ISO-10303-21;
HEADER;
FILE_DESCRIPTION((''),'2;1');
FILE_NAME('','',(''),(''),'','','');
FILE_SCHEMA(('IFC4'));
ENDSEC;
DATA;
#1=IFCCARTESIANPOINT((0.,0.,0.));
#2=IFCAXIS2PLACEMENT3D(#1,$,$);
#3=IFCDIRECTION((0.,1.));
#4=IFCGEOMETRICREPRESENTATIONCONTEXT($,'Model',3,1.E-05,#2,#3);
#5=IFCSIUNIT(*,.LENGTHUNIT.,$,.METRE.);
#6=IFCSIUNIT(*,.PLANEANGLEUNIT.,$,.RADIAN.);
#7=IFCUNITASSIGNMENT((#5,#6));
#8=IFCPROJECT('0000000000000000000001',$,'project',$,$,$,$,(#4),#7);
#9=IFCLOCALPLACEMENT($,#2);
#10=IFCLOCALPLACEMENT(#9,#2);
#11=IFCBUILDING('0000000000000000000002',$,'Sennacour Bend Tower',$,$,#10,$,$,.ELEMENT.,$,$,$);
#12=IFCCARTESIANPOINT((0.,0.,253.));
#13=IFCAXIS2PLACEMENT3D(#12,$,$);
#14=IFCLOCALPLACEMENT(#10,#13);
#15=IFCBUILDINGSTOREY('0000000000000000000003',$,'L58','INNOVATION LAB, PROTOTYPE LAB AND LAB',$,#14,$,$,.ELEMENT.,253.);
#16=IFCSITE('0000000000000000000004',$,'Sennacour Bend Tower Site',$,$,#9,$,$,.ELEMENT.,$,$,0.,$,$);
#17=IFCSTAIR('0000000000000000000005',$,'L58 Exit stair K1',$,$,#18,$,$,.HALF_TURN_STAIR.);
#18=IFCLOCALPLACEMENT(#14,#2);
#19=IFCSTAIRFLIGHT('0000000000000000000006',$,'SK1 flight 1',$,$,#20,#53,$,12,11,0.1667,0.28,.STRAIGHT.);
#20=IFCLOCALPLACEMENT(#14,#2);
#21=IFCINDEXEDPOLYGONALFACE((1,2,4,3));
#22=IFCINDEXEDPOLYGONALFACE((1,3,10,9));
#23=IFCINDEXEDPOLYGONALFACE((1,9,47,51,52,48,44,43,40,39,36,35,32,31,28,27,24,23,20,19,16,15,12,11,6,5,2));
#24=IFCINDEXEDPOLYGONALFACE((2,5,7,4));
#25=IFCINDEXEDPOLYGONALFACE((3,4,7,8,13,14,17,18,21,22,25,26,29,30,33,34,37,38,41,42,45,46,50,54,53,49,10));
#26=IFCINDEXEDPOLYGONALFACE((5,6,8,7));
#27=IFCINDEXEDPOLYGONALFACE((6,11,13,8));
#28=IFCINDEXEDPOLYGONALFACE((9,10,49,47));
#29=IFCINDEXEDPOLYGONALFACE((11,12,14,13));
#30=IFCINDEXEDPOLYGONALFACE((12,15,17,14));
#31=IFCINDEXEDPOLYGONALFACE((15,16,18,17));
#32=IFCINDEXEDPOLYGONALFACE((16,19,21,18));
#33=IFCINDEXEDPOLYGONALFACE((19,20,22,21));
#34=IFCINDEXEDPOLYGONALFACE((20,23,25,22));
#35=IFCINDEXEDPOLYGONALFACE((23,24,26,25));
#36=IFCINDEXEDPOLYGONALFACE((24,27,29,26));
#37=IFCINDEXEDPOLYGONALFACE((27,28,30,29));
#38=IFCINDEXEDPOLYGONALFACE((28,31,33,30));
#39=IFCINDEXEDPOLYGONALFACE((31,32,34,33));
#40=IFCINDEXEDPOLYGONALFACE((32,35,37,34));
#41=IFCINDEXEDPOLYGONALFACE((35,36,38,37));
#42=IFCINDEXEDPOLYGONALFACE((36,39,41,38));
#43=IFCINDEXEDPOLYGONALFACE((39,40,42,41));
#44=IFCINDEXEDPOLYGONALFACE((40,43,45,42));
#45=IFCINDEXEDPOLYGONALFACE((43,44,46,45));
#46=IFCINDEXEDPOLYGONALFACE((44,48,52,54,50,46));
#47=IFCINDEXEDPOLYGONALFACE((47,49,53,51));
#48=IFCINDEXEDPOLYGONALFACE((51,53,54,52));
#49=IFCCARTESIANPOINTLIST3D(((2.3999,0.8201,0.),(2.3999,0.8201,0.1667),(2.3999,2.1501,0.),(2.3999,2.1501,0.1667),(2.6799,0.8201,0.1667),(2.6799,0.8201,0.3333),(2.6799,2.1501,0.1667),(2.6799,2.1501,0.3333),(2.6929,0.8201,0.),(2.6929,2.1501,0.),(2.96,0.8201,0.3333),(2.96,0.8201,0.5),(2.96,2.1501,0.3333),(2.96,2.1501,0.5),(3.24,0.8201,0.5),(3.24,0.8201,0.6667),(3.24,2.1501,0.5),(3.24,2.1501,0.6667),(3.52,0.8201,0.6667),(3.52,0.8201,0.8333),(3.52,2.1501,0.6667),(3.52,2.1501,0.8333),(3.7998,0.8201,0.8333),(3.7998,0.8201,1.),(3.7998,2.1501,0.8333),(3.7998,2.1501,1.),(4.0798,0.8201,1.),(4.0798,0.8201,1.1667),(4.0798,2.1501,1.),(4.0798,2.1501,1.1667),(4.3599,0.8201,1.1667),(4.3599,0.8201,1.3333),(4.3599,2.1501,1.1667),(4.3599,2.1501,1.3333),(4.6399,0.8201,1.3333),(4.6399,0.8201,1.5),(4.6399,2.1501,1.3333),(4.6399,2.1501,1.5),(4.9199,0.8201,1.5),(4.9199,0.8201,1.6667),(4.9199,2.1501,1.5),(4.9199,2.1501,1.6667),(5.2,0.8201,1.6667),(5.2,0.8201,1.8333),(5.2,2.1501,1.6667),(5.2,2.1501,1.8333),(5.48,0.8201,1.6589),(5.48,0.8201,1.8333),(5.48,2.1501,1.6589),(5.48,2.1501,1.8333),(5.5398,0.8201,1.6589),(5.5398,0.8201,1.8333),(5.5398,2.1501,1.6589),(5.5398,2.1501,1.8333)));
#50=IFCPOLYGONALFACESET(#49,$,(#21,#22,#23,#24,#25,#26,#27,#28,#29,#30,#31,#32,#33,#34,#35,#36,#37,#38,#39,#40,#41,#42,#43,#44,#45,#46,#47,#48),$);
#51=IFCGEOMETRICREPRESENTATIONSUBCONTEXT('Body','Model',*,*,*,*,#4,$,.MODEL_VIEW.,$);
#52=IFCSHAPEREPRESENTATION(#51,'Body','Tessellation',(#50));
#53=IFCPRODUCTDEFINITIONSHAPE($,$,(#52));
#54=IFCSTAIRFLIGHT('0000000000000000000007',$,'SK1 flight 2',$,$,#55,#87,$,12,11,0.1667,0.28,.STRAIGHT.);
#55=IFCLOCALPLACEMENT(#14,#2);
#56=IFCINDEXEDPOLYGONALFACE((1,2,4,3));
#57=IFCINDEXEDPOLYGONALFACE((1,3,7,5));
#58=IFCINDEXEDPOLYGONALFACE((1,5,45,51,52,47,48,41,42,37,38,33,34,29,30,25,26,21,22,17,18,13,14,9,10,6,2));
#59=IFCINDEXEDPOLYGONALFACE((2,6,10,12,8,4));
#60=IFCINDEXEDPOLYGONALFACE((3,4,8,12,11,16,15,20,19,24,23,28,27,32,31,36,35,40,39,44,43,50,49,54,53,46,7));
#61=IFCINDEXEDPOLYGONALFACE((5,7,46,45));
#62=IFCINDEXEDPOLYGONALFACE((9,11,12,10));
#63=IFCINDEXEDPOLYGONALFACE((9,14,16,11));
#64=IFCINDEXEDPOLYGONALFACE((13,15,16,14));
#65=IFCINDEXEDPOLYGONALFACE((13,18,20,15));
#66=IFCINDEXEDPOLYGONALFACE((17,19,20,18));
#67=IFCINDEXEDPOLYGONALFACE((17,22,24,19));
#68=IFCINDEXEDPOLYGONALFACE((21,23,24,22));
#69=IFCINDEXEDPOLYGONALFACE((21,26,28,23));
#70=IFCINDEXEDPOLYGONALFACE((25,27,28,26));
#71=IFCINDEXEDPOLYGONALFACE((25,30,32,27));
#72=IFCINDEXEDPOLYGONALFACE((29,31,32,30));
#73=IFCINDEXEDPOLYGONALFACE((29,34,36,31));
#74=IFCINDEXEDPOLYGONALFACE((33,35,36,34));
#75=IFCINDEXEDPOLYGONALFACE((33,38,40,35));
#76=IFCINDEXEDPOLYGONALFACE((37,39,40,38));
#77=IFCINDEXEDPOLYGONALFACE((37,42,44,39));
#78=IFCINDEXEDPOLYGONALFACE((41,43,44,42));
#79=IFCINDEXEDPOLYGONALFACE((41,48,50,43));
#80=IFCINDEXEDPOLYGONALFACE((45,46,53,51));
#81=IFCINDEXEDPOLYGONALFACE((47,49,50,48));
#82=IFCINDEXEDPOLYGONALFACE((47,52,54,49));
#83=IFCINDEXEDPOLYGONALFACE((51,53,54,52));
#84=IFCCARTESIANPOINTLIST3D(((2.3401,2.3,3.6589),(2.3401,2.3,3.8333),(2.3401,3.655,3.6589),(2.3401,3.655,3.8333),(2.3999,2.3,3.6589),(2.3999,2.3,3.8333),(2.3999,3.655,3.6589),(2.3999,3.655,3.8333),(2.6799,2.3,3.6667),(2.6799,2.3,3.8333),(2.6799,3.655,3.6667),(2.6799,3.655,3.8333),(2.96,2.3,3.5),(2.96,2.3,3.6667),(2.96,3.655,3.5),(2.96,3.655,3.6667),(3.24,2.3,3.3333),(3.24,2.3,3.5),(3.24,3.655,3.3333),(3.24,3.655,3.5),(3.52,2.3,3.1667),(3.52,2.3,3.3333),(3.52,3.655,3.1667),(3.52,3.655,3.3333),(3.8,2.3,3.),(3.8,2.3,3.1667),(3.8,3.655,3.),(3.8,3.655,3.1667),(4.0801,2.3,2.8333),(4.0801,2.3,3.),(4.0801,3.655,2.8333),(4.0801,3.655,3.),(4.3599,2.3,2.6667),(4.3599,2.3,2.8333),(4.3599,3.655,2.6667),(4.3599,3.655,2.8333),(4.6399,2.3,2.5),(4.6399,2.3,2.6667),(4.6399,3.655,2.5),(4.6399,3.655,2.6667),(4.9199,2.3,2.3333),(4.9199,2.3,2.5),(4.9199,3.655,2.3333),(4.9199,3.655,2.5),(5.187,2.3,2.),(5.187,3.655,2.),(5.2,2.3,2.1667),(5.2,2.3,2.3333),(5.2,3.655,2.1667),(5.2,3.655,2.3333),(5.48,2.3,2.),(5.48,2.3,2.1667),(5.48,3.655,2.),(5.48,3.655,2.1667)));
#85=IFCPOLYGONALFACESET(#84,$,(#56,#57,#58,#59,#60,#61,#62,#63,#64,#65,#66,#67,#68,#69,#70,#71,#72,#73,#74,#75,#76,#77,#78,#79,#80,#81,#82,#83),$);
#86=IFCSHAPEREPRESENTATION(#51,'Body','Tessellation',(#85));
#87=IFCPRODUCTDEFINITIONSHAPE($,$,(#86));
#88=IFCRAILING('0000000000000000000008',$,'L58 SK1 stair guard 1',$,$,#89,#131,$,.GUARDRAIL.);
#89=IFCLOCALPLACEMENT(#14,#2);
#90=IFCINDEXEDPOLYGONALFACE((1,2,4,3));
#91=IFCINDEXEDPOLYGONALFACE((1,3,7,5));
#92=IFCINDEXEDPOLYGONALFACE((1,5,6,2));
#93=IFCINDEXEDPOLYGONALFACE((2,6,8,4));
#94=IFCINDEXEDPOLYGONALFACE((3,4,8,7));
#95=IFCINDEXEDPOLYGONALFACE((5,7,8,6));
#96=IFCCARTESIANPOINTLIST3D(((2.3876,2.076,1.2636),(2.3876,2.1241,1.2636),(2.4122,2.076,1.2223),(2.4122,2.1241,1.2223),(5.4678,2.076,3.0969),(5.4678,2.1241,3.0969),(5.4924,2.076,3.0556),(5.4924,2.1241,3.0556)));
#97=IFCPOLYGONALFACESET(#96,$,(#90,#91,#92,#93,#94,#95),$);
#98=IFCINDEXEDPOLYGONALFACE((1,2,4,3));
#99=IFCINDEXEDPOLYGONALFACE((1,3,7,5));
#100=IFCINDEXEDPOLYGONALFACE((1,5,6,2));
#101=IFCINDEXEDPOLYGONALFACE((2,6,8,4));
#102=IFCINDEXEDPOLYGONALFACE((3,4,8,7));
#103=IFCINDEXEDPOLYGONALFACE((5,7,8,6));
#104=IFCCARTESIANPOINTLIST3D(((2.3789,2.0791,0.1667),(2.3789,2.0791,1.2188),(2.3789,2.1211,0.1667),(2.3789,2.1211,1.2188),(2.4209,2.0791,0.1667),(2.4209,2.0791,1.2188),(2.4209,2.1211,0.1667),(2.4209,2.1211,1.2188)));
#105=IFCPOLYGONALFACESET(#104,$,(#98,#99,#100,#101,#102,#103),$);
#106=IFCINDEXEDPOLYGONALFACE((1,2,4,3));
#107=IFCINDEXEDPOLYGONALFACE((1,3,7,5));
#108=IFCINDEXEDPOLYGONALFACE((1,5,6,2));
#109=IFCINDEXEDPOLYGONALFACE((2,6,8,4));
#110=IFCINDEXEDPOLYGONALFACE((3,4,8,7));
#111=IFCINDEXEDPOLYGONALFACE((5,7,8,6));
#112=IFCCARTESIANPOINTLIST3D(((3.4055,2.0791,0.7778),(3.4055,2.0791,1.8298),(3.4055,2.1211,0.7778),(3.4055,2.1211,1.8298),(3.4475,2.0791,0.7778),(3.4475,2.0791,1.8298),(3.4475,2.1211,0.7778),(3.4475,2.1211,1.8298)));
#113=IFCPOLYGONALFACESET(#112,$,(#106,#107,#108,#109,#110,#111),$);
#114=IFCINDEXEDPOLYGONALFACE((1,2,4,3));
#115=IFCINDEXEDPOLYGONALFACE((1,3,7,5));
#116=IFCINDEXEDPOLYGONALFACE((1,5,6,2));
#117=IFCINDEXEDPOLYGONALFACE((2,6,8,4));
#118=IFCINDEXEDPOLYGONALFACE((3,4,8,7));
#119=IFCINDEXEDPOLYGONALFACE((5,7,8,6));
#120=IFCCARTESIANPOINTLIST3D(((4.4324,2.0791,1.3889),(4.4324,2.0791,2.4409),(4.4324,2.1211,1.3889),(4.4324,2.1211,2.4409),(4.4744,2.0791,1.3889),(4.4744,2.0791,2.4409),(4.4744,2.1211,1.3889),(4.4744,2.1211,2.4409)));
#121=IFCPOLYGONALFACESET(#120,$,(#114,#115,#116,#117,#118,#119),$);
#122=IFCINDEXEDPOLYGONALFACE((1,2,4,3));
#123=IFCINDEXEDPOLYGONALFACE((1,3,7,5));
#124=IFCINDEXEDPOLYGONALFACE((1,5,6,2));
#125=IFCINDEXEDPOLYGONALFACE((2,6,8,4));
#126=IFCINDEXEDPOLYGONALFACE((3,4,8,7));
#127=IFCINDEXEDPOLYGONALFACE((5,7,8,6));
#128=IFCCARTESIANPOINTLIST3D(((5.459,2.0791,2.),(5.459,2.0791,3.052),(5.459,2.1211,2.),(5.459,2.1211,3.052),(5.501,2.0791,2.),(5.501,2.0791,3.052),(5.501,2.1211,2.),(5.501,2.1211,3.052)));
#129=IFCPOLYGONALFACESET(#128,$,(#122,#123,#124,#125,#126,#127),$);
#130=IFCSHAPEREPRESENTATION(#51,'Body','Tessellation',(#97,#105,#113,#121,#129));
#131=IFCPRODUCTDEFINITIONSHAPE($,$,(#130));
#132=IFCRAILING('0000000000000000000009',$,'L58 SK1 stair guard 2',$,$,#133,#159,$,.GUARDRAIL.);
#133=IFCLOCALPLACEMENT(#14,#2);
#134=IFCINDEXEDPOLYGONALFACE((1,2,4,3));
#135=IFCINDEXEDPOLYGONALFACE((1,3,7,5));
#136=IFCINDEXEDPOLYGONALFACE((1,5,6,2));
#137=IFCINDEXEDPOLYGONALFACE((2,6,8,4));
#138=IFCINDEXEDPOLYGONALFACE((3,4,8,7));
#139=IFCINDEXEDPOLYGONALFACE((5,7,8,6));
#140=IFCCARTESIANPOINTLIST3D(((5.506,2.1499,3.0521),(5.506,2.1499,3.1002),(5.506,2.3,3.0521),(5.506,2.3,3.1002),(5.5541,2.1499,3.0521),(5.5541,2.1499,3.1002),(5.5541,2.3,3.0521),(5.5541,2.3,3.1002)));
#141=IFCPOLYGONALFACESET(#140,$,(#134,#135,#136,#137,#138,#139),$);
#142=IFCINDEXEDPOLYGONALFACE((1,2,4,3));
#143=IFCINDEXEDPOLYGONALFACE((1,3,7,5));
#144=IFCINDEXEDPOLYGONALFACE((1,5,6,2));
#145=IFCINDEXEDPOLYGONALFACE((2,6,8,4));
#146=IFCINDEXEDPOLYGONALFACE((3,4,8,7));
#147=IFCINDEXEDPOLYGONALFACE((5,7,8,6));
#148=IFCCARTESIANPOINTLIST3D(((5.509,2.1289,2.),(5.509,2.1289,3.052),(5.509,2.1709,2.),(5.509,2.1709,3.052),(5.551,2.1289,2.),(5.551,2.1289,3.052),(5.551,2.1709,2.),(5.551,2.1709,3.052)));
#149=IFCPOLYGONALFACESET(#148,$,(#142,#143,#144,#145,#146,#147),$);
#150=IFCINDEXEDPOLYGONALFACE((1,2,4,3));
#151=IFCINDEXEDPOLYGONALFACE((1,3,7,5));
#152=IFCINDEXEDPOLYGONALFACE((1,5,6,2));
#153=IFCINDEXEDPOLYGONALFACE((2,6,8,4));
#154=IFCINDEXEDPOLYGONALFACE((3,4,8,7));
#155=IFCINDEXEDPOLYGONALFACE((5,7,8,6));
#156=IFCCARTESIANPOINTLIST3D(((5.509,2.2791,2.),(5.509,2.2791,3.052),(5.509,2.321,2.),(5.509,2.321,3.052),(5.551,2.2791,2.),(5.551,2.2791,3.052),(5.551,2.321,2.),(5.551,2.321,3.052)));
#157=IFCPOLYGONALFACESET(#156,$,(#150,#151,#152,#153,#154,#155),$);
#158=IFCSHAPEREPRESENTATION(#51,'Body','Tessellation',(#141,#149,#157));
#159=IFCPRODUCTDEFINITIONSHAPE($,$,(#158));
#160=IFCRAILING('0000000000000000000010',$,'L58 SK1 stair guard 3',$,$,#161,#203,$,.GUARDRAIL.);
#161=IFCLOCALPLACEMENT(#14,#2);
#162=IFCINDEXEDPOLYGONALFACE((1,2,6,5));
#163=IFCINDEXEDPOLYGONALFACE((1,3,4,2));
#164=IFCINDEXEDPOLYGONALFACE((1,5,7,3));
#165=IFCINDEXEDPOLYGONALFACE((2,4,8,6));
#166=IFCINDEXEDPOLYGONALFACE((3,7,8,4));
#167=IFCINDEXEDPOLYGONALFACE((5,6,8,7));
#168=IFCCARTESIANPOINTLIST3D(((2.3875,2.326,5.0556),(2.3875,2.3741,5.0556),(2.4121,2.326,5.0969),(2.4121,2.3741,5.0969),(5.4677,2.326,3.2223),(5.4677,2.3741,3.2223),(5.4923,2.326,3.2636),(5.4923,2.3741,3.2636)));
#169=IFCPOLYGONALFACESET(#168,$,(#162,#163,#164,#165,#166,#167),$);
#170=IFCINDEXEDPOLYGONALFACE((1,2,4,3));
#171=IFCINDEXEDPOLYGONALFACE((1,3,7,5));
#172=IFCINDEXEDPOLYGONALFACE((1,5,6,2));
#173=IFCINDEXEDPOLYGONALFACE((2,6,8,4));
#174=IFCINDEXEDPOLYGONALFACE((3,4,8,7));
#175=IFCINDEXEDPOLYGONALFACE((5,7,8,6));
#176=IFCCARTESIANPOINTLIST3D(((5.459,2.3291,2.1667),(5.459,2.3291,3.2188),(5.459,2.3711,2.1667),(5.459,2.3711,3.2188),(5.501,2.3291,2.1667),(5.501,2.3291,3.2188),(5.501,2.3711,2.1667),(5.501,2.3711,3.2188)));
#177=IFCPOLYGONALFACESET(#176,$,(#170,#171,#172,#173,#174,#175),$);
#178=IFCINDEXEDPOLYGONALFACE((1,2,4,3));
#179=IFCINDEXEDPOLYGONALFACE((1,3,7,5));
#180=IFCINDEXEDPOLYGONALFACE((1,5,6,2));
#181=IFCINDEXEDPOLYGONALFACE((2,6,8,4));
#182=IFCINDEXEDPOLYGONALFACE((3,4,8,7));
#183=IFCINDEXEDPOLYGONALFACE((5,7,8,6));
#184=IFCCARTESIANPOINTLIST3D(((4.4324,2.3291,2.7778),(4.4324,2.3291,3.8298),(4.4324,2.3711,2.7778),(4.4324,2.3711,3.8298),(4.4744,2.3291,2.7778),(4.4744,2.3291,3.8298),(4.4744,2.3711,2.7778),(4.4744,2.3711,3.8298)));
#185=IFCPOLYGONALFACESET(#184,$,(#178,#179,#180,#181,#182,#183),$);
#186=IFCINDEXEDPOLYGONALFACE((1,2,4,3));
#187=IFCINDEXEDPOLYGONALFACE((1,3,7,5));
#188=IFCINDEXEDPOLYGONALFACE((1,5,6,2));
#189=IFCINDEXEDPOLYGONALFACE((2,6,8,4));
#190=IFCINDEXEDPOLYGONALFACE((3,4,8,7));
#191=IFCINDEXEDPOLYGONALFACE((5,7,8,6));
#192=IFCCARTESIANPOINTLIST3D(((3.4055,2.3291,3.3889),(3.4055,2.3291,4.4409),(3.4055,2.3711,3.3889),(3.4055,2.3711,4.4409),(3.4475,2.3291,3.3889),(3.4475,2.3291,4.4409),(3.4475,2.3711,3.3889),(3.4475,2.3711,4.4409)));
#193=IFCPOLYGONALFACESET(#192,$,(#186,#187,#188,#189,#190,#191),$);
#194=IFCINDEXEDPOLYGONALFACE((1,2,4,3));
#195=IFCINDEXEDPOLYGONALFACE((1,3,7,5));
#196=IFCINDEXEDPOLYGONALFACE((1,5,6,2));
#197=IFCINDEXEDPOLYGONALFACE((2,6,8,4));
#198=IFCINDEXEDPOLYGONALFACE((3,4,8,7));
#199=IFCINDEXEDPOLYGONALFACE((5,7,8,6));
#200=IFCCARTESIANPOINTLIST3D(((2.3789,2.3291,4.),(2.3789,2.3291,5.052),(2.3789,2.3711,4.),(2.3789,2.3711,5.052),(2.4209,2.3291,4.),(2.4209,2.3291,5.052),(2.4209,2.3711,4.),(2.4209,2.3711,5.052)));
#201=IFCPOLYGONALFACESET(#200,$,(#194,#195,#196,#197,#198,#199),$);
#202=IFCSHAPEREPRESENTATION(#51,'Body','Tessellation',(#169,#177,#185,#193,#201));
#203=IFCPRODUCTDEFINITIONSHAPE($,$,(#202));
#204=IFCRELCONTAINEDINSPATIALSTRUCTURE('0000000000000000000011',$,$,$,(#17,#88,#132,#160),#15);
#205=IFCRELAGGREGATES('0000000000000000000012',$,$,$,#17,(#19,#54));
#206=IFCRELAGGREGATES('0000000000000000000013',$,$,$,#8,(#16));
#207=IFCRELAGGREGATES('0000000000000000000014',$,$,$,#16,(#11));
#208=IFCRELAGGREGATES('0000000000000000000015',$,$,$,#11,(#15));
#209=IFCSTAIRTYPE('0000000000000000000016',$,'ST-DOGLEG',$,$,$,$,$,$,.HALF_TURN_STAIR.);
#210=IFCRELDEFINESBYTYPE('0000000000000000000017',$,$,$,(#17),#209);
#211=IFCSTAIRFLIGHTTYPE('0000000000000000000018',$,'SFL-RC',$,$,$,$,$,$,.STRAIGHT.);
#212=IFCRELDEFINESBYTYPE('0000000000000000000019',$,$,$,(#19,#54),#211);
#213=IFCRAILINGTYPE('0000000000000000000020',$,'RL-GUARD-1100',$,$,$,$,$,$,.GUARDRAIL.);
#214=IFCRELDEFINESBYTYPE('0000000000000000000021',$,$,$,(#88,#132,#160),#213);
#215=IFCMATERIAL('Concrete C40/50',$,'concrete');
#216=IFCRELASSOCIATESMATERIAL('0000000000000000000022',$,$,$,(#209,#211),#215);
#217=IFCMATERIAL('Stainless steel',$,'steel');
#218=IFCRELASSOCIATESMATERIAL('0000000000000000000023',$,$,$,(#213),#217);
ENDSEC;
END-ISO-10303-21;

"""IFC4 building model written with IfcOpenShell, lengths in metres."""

from ifc_helpers import new_model, si_unit, direction, frame, origin, origin_2d, place, context, subcontext, project, spatial, polyline, rectangle, outline, extrude, material, type_object, element, aggregate, save


model = new_model("IFC4")

# Units and contexts
model_context = context("Model", 3, precision=1e-05, world=origin(), true_north=direction((0.0, 1.0)))
body_context = subcontext(model_context, "Body", "Model", "MODEL_VIEW")
ifc_project = project(units=[si_unit("LENGTHUNIT", "METRE"), si_unit("PLANEANGLEUNIT", "RADIAN")], contexts=[model_context])

# Site, building, storey
site_placement = place(None, origin())
site = spatial("IfcSite", under=ifc_project, at=site_placement, Name="Sennacour Bend Tower Site", CompositionType="ELEMENT", RefElevation=0.0)
building_placement = place(site_placement, origin())
building = spatial("IfcBuilding", under=site, at=building_placement, Name="Sennacour Bend Tower", CompositionType="ELEMENT")
storey_placement = place(building_placement, frame((0.0, 0.0, 253.0)))
storey = spatial("IfcBuildingStorey", under=building, at=storey_placement, Name="L58", Description="INNOVATION LAB, PROTOTYPE LAB AND LAB", CompositionType="ELEMENT", Elevation=253.0)

# Shared definitions
ifc_material_1 = material(Name="Concrete C40/50", Category="concrete")

# Stair
stair_type = type_object("IfcStairType", Name="ST-DOGLEG", PredefinedType="HALF_TURN_STAIR", material=ifc_material_1)
stair_1_placement = place(storey_placement, origin())
stair_1 = element("IfcStair", 1, at=stair_1_placement, inside=storey, type_object=stair_type, Name="L58 Exit stair K1", PredefinedType="HALF_TURN_STAIR")

# Stair flights
stair_flight_type = type_object("IfcStairFlightType", Name="SFL-RC", PredefinedType="STRAIGHT", material=ifc_material_1)
stair_flight_1_placement = place(storey_placement, frame((2.3999, 1.4851, 0.0), z_axis=(0.0, 0.0, 1.0), x_axis=(1.0, 0.0, 0.0)))
stair_flight_1 = element("IfcStairFlight", 2, at=stair_flight_1_placement, type_object=stair_flight_type, Name="SK1 flight 1", NumberOfRisers=12, NumberOfTreads=11, PredefinedType="STRAIGHT", RiserHeight=0.1667, TreadLength=0.28, context=body_context, shape_type="SweptSolid", body=[
    extrude(outline(polyline([(0.0, 0.0), (0.0, 0.1667), (0.28, 0.1667), (0.28, 0.3333), (0.5601, 0.3333), (0.5601, 0.5), (0.8401, 0.5), (0.8401, 0.6667), (1.1201, 0.6667), (1.1201, 0.8333), (1.3999, 0.8333), (1.3999, 1.0), (1.6799, 1.0), (1.6799, 1.1667), (1.96, 1.1667), (1.96, 1.3333), (2.24, 1.3333), (2.24, 1.5), (2.52, 1.5), (2.52, 1.6667), (2.8, 1.6667), (2.8, 1.8333), (3.0801, 1.8333), (3.1399, 1.8333), (3.1399, 1.6589), (3.0801, 1.6589), (0.293, 0.0), (0.0, 0.0)])), frame((0.0, 0.665, 0.0), z_axis=(0.0, -1.0, 0.0), x_axis=(1.0, 0.0, 0.0)), (0.0, 0.0, 1.0), 1.3301),
])
stair_flight_2_placement = place(storey_placement, frame((5.48, 2.9775, 2.0), z_axis=(0.0, 0.0, 1.0), x_axis=(-1.0, 0.0, 0.0)))
stair_flight_2 = element("IfcStairFlight", 3, at=stair_flight_2_placement, type_object=stair_flight_type, Name="SK1 flight 2", NumberOfRisers=12, NumberOfTreads=11, PredefinedType="STRAIGHT", RiserHeight=0.1667, TreadLength=0.28, context=body_context, shape_type="SweptSolid", body=[
    extrude(outline(polyline([(0.0, 0.0), (0.0, 0.1667), (0.28, 0.1667), (0.28, 0.3333), (0.5601, 0.3333), (0.5601, 0.5), (0.8401, 0.5), (0.8401, 0.6667), (1.1201, 0.6667), (1.1201, 0.8333), (1.3999, 0.8333), (1.3999, 1.0), (1.6799, 1.0), (1.6799, 1.1667), (1.96, 1.1667), (1.96, 1.3333), (2.24, 1.3333), (2.24, 1.5), (2.52, 1.5), (2.52, 1.6667), (2.8, 1.6667), (2.8, 1.8333), (3.0801, 1.8333), (3.1399, 1.8333), (3.1399, 1.6589), (3.0801, 1.6589), (0.293, 0.0), (0.0, 0.0)])), frame((0.0, 0.6775, 0.0), z_axis=(0.0, -1.0, 0.0), x_axis=(1.0, 0.0, 0.0)), (0.0, 0.0, 1.0), 1.355),
])
aggregate(stair_1, [stair_flight_1, stair_flight_2])

# Railings
ifc_material_2 = material(Name="Stainless steel", Category="steel")
railing_type_1 = type_object("IfcRailingType", Name="RL-GUARD-1100", PredefinedType="GUARDRAIL", material=ifc_material_2)
railing_1_placement = place(storey_placement, frame((2.3999, 2.1001, 0.1667)))
element("IfcRailing", 4, at=railing_1_placement, inside=storey, type_object=railing_type_1, Name="L58 SK1 stair guard 1", PredefinedType="GUARDRAIL", context=body_context, shape_type="SweptSolid", body=[
    extrude(rectangle(XDim=0.0481, YDim=0.0481, at=origin_2d()), frame((0.0, 0.0, 1.0762), z_axis=(0.859309, 0.0, 0.511458), x_axis=(0.0, 1.0, 0.0)), (0.0, 0.0, 1.0), 3.5845),
    extrude(rectangle(XDim=0.042, YDim=0.042, at=origin_2d()), origin(), (0.0, 0.0, 1.0), 1.052),
    extrude(rectangle(XDim=0.042, YDim=0.042, at=origin_2d()), frame((1.0266, 0.0, 0.6111)), (0.0, 0.0, 1.0), 1.052),
    extrude(rectangle(XDim=0.042, YDim=0.042, at=origin_2d()), frame((2.0535, 0.0, 1.2222)), (0.0, 0.0, 1.0), 1.052),
    extrude(rectangle(XDim=0.042, YDim=0.042, at=origin_2d()), frame((3.0801, 0.0, 1.8333)), (0.0, 0.0, 1.0), 1.052),
])
railing_2_placement = place(storey_placement, frame((5.53, 2.1499, 2.0)))
element("IfcRailing", 5, at=railing_2_placement, inside=storey, type_object=railing_type_1, Name="L58 SK1 stair guard 2", PredefinedType="GUARDRAIL", context=body_context, shape_type="SweptSolid", body=[
    extrude(rectangle(XDim=0.0481, YDim=0.0481, at=origin_2d()), frame((0.0, 0.0, 1.0762), z_axis=(0.0, 1.0, 0.0), x_axis=(-1.0, 0.0, 0.0)), (0.0, 0.0, 1.0), 0.1501),
    extrude(rectangle(XDim=0.042, YDim=0.042, at=origin_2d()), origin(), (0.0, 0.0, 1.0), 1.052),
    extrude(rectangle(XDim=0.042, YDim=0.042, at=origin_2d()), frame((0.0, 0.1501, 0.0)), (0.0, 0.0, 1.0), 1.052),
])
railing_3_placement = place(storey_placement, frame((5.48, 2.3501, 2.1667)))
element("IfcRailing", 6, at=railing_3_placement, inside=storey, type_object=railing_type_1, Name="L58 SK1 stair guard 3", PredefinedType="GUARDRAIL", context=body_context, shape_type="SweptSolid", body=[
    extrude(rectangle(XDim=0.0481, YDim=0.0481, at=origin_2d()), frame((0.0, 0.0, 1.0762), z_axis=(-0.859309, 0.0, 0.511458), x_axis=(0.0, -1.0, 0.0)), (0.0, 0.0, 1.0), 3.5845),
    extrude(rectangle(XDim=0.042, YDim=0.042, at=origin_2d()), origin(), (0.0, 0.0, 1.0), 1.052),
    extrude(rectangle(XDim=0.042, YDim=0.042, at=origin_2d()), frame((-1.0266, 0.0, 0.6111)), (0.0, 0.0, 1.0), 1.052),
    extrude(rectangle(XDim=0.042, YDim=0.042, at=origin_2d()), frame((-2.0535, 0.0, 1.2222)), (0.0, 0.0, 1.0), 1.052),
    extrude(rectangle(XDim=0.042, YDim=0.042, at=origin_2d()), frame((-3.0801, 0.0, 1.8333)), (0.0, 0.0, 1.0), 1.052),
])

save(model, "model.ifc")
